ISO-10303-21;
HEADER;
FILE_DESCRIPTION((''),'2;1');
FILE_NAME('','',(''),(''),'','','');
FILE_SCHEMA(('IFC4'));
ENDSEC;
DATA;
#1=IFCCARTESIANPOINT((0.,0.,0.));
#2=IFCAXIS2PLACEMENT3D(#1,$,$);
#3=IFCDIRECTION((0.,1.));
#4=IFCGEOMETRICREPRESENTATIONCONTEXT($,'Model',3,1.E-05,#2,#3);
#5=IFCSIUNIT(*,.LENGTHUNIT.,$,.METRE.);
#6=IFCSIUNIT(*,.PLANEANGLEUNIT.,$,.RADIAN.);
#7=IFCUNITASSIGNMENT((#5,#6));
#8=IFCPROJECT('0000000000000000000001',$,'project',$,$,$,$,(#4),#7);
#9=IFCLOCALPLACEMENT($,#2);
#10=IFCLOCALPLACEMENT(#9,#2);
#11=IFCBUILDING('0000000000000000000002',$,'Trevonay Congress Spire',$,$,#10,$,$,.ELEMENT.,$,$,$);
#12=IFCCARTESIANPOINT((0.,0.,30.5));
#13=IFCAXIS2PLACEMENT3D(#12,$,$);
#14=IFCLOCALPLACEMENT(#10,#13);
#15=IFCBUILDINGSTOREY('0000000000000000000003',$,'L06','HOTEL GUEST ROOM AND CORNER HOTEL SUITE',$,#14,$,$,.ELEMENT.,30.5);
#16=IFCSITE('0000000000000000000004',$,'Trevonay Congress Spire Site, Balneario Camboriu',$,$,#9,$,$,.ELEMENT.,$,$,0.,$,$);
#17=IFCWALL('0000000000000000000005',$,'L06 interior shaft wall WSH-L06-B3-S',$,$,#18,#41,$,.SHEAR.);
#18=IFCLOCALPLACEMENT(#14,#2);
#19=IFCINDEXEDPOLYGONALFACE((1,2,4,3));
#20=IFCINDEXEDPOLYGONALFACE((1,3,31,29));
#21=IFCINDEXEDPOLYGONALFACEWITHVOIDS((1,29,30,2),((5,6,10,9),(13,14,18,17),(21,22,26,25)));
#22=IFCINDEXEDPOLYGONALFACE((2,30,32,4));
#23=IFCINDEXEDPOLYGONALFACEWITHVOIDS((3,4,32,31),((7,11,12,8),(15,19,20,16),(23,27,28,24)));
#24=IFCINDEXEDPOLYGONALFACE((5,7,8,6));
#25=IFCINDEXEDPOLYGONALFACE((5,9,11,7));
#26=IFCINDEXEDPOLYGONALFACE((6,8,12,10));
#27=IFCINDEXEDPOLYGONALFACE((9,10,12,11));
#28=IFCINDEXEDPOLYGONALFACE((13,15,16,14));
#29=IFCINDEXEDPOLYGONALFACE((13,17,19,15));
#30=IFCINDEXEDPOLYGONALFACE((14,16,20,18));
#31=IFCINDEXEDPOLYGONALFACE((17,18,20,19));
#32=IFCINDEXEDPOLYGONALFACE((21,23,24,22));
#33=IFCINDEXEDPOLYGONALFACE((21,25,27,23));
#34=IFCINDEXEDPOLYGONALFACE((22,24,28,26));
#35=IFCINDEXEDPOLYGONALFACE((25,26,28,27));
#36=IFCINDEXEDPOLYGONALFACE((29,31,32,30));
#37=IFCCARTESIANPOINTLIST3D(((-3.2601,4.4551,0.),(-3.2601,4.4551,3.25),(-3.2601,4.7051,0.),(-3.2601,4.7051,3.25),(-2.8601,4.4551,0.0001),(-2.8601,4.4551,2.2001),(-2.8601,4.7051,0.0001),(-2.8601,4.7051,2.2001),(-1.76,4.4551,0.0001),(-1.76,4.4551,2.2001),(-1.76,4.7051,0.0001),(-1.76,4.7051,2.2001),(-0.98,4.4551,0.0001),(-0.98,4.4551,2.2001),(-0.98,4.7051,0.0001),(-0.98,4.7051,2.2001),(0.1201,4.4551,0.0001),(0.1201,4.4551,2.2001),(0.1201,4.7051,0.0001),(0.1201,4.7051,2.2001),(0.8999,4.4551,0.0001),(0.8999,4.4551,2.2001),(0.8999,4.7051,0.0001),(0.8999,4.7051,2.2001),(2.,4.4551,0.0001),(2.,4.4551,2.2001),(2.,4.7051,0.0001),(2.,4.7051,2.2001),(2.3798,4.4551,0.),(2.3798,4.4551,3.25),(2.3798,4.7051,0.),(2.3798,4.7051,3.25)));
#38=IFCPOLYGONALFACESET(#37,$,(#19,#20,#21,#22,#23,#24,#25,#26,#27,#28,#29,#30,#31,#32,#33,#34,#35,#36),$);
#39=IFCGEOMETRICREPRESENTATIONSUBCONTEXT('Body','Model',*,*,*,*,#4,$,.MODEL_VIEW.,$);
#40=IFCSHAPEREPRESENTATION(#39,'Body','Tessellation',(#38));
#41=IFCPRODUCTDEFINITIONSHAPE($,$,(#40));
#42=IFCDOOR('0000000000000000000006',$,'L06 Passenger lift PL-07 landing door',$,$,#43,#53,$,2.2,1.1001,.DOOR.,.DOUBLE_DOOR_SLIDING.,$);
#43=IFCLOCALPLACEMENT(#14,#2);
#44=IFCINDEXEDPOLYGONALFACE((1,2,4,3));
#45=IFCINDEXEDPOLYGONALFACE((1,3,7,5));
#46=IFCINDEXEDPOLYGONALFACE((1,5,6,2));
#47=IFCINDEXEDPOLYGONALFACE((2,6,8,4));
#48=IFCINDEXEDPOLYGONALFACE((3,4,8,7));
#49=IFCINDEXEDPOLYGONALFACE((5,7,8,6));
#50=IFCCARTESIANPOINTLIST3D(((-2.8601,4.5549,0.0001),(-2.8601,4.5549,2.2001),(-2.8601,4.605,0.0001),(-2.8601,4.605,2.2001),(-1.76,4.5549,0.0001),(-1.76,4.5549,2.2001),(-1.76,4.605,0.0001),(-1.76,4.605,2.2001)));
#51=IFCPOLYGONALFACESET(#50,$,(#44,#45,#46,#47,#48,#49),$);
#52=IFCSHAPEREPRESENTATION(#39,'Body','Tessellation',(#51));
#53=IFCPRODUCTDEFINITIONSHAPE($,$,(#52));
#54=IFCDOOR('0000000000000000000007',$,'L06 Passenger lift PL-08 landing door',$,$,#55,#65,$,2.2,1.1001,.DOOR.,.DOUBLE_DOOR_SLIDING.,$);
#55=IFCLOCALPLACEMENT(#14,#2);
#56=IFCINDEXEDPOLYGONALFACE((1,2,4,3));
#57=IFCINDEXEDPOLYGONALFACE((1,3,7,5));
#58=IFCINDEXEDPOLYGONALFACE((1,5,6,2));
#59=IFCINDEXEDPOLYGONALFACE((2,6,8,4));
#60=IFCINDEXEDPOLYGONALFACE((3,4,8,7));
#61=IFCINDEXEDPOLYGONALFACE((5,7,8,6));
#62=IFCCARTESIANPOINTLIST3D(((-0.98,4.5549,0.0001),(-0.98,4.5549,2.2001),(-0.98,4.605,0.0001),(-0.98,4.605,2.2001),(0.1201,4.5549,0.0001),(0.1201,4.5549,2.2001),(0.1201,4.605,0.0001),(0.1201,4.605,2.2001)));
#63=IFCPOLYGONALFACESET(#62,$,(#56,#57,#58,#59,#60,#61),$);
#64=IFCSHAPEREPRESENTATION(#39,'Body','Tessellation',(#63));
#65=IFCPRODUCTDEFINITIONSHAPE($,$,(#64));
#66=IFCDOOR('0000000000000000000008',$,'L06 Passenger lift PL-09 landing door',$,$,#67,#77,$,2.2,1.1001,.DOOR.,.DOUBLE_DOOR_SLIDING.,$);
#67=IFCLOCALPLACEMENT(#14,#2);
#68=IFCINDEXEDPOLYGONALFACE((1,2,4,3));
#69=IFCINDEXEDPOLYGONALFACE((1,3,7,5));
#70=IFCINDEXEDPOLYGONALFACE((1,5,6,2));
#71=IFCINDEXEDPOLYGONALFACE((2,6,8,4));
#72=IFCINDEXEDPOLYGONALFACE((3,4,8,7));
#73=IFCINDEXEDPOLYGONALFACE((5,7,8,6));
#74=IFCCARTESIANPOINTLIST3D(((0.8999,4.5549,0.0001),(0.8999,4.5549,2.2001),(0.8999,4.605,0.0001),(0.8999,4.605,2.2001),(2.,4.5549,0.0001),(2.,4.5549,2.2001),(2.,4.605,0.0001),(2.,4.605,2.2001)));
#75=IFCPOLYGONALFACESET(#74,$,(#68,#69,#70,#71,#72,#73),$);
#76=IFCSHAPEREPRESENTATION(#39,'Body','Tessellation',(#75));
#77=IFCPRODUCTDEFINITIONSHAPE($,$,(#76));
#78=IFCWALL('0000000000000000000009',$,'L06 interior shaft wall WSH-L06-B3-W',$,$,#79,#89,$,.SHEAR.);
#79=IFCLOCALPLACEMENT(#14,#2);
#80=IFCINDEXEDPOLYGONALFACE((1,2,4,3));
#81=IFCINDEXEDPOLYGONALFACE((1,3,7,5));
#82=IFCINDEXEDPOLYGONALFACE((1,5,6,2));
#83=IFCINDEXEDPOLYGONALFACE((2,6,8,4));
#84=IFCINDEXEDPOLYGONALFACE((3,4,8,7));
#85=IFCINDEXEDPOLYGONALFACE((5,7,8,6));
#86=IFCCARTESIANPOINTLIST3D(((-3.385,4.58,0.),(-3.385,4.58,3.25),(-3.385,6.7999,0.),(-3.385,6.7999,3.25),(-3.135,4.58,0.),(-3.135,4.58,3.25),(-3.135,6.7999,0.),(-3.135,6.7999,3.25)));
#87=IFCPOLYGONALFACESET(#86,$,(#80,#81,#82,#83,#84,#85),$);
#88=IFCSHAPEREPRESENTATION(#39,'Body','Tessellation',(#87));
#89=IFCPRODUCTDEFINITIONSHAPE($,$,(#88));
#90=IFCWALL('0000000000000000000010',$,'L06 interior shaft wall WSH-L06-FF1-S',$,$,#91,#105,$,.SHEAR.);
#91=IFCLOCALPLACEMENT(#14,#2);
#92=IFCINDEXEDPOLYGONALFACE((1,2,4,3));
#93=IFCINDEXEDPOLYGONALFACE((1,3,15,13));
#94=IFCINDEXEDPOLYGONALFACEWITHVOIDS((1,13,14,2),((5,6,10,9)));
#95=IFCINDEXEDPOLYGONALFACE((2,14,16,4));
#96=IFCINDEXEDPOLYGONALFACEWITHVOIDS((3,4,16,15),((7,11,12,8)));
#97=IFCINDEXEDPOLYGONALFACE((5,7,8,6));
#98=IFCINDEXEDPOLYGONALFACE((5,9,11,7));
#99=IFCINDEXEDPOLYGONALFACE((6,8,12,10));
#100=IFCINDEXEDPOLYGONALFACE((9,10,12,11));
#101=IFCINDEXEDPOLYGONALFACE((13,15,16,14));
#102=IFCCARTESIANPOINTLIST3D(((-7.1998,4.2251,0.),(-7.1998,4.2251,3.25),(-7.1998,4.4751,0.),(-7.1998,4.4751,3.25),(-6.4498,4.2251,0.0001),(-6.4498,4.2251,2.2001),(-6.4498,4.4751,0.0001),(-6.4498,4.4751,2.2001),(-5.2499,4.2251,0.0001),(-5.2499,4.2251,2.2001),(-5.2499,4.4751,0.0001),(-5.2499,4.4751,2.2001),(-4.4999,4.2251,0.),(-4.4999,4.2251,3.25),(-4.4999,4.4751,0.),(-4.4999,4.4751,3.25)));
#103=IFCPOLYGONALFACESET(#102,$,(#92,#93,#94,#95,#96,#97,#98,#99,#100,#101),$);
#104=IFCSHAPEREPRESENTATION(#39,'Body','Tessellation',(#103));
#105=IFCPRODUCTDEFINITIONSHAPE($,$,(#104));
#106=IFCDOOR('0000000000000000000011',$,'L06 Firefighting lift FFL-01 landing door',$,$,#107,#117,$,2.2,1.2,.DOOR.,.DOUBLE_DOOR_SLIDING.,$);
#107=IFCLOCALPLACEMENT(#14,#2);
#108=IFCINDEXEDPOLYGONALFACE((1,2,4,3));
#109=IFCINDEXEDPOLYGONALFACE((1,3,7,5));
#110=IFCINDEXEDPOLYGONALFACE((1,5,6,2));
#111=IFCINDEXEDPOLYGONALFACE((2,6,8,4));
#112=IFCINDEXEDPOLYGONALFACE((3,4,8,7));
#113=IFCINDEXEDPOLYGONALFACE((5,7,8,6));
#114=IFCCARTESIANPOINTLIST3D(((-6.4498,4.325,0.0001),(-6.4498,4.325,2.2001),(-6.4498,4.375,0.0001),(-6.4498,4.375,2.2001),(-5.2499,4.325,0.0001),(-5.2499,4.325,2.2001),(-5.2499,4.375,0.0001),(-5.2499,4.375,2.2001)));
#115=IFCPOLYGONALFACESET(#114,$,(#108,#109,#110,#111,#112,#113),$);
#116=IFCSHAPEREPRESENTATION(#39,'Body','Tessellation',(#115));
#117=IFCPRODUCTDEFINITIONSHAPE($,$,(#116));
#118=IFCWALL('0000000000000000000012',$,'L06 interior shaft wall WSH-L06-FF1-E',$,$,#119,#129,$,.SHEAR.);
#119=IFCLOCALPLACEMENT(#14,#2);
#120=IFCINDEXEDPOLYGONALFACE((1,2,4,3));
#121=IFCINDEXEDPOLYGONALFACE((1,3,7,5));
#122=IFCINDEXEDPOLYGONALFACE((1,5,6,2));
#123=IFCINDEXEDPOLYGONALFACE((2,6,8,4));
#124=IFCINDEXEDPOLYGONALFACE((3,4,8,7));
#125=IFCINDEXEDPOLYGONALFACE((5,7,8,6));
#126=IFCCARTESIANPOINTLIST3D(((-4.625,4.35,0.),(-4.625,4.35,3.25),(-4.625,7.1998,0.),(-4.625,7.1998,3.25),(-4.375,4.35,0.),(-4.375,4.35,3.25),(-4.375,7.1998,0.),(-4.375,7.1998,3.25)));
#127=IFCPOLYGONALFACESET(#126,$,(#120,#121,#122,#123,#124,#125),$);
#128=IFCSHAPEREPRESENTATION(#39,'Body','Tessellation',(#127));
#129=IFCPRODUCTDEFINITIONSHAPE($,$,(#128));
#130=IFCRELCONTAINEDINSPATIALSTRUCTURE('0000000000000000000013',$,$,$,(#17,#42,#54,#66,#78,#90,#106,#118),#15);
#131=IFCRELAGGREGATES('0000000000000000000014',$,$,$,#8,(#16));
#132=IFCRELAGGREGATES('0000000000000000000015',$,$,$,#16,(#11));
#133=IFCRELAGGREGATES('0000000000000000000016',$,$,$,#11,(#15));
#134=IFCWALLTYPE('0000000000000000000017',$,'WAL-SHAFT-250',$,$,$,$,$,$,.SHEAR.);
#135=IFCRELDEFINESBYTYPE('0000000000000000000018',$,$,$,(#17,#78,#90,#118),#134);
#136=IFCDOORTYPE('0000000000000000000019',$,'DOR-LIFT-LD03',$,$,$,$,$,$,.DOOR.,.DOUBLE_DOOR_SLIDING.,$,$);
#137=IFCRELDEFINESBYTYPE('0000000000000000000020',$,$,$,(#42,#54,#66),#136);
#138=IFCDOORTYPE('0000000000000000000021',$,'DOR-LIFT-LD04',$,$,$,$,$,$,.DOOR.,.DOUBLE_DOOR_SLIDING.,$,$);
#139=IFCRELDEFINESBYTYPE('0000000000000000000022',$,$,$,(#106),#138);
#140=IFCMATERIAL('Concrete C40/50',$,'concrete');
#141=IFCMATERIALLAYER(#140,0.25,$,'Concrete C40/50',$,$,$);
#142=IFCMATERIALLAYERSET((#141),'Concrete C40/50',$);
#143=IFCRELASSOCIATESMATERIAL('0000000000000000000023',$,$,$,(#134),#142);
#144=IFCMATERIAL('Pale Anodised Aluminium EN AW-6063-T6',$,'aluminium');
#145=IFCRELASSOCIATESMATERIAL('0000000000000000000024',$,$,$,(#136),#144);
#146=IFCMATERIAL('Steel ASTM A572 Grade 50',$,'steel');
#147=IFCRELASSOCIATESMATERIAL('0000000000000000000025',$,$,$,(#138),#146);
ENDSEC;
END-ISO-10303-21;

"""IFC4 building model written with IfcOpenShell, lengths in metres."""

from ifc_helpers import new_model, si_unit, direction, frame, frame_2d, origin, place, context, subcontext, project, spatial, rectangle, extrude, material, layer, layer_set, type_object, element, fill, save


model = new_model("IFC4")

# Units and contexts
model_context = context("Model", 3, precision=1e-05, world=origin(), true_north=direction((0.0, 1.0)))
body_context = subcontext(model_context, "Body", "Model", "MODEL_VIEW")
ifc_project = project(units=[si_unit("LENGTHUNIT", "METRE"), si_unit("PLANEANGLEUNIT", "RADIAN")], contexts=[model_context])

# Site, building, storey
site_placement = place(None, origin())
site = spatial("IfcSite", under=ifc_project, at=site_placement, Name="Trevonay Congress Spire Site, Balneario Camboriu", CompositionType="ELEMENT", RefElevation=0.0)
building_placement = place(site_placement, origin())
building = spatial("IfcBuilding", under=site, at=building_placement, Name="Trevonay Congress Spire", CompositionType="ELEMENT")
storey_placement = place(building_placement, frame((0.0, 0.0, 30.5)))
storey = spatial("IfcBuildingStorey", under=building, at=storey_placement, Name="L06", Description="HOTEL GUEST ROOM AND CORNER HOTEL SUITE", CompositionType="ELEMENT", Elevation=30.5)

# Shared definitions
ifc_material_1 = material(Name="Steel ASTM A572 Grade 50", Category="steel")

# Shared definitions
ifc_material_2 = material(Name="Pale Anodised Aluminium EN AW-6063-T6", Category="aluminium")

# Shared definitions
ifc_material_3 = material(Name="Concrete C40/50", Category="concrete")

# Wall, openings, doors
ifc_layer_1 = layer(ifc_material_3, 0.25, Name="Concrete C40/50")
ifc_layer_set_1 = layer_set([ifc_layer_1], Name="Concrete C40/50")
wall_type_1 = type_object("IfcWallType", Name="WAL-SHAFT-250", PredefinedType="SHEAR", material=ifc_layer_set_1)
wall_1_placement = place(storey_placement, frame((-3.26, 4.5801, 0.0), z_axis=(0.0, 0.0, 1.0), x_axis=(1.0, 0.0, 0.0)))
wall_1 = element("IfcWall", 1, at=wall_1_placement, inside=storey, type_object=wall_type_1, Name="L06 interior shaft wall WSH-L06-B3-S", PredefinedType="SHEAR", context=body_context, shape_type="SweptSolid", body=[
    extrude(rectangle(XDim=5.6399, YDim=0.25, at=frame_2d((2.8198, 0.0))), origin(), (0.0, 0.0, 1.0), 3.25),
])
opening_1_placement = place(wall_1_placement, frame((0.3999, 0.0, 0.0)))
opening_1 = element("IfcOpeningElement", 2, at=opening_1_placement, cuts=wall_1, PredefinedType="OPENING", context=body_context, shape_type="SweptSolid", body=[
    extrude(rectangle(XDim=1.1001, YDim=2.2, at=frame_2d((0.55, 1.1001))), frame((0.0, 0.135, 0.0), z_axis=(0.0, -1.0, 0.0), x_axis=(1.0, 0.0, 0.0)), (0.0, 0.0, 1.0), 0.27),
])
opening_2_placement = place(wall_1_placement, frame((2.28, 0.0, 0.0)))
opening_2 = element("IfcOpeningElement", 3, at=opening_2_placement, cuts=wall_1, PredefinedType="OPENING", context=body_context, shape_type="SweptSolid", body=[
    extrude(rectangle(XDim=1.1001, YDim=2.2, at=frame_2d((0.55, 1.1001))), frame((0.0, 0.135, 0.0), z_axis=(0.0, -1.0, 0.0), x_axis=(1.0, 0.0, 0.0)), (0.0, 0.0, 1.0), 0.27),
])
opening_3_placement = place(wall_1_placement, frame((4.1599, 0.0, 0.0)))
opening_3 = element("IfcOpeningElement", 4, at=opening_3_placement, cuts=wall_1, PredefinedType="OPENING", context=body_context, shape_type="SweptSolid", body=[
    extrude(rectangle(XDim=1.1001, YDim=2.2, at=frame_2d((0.55, 1.1001))), frame((0.0, 0.135, 0.0), z_axis=(0.0, -1.0, 0.0), x_axis=(1.0, 0.0, 0.0)), (0.0, 0.0, 1.0), 0.27),
])
door_type_1 = type_object("IfcDoorType", Name="DOR-LIFT-LD03", OperationType="DOUBLE_DOOR_SLIDING", PredefinedType="DOOR", material=ifc_material_2)
door_1_placement = place(opening_1_placement, origin())
door_1 = element("IfcDoor", 5, at=door_1_placement, inside=storey, type_object=door_type_1, Name="L06 Passenger lift PL-07 landing door", OperationType="DOUBLE_DOOR_SLIDING", OverallHeight=2.2, OverallWidth=1.1001, PredefinedType="DOOR", context=body_context, shape_type="SweptSolid", body=[
    extrude(rectangle(XDim=1.1001, YDim=2.2, at=frame_2d((0.55, 1.1001))), frame((0.0, 0.0249, 0.0), z_axis=(0.0, -1.0, 0.0), x_axis=(1.0, 0.0, 0.0)), (0.0, 0.0, 1.0), 0.05),
])
fill(opening_1, door_1)
door_2_placement = place(opening_2_placement, origin())
door_2 = element("IfcDoor", 6, at=door_2_placement, inside=storey, type_object=door_type_1, Name="L06 Passenger lift PL-08 landing door", OperationType="DOUBLE_DOOR_SLIDING", OverallHeight=2.2, OverallWidth=1.1001, PredefinedType="DOOR", context=body_context, shape_type="SweptSolid", body=[
    extrude(rectangle(XDim=1.1001, YDim=2.2, at=frame_2d((0.55, 1.1001))), frame((0.0, 0.0249, 0.0), z_axis=(0.0, -1.0, 0.0), x_axis=(1.0, 0.0, 0.0)), (0.0, 0.0, 1.0), 0.05),
])
fill(opening_2, door_2)
door_3_placement = place(opening_3_placement, origin())
door_3 = element("IfcDoor", 7, at=door_3_placement, inside=storey, type_object=door_type_1, Name="L06 Passenger lift PL-09 landing door", OperationType="DOUBLE_DOOR_SLIDING", OverallHeight=2.2, OverallWidth=1.1001, PredefinedType="DOOR", context=body_context, shape_type="SweptSolid", body=[
    extrude(rectangle(XDim=1.1001, YDim=2.2, at=frame_2d((0.55, 1.1001))), frame((0.0, 0.0249, 0.0), z_axis=(0.0, -1.0, 0.0), x_axis=(1.0, 0.0, 0.0)), (0.0, 0.0, 1.0), 0.05),
])
fill(opening_3, door_3)

# Wall
wall_2_placement = place(storey_placement, frame((-3.26, 4.5801, 0.0), z_axis=(0.0, 0.0, 1.0), x_axis=(0.0, 1.0, 0.0)))
element("IfcWall", 8, at=wall_2_placement, inside=storey, type_object=wall_type_1, Name="L06 interior shaft wall WSH-L06-B3-W", PredefinedType="SHEAR", context=body_context, shape_type="SweptSolid", body=[
    extrude(rectangle(XDim=2.22, YDim=0.25, at=frame_2d((1.1099, 0.0))), origin(), (0.0, 0.0, 1.0), 3.25),
])

# Wall, opening, door
wall_3_placement = place(storey_placement, frame((-7.2, 4.3501, 0.0), z_axis=(0.0, 0.0, 1.0), x_axis=(1.0, 0.0, 0.0)))
wall_3 = element("IfcWall", 9, at=wall_3_placement, inside=storey, type_object=wall_type_1, Name="L06 interior shaft wall WSH-L06-FF1-S", PredefinedType="SHEAR", context=body_context, shape_type="SweptSolid", body=[
    extrude(rectangle(XDim=2.7, YDim=0.25, at=frame_2d((1.3501, 0.0))), origin(), (0.0, 0.0, 1.0), 3.25),
])
opening_4_placement = place(wall_3_placement, frame((0.75, 0.0, 0.0)))
opening_4 = element("IfcOpeningElement", 10, at=opening_4_placement, cuts=wall_3, PredefinedType="OPENING", context=body_context, shape_type="SweptSolid", body=[
    extrude(rectangle(XDim=1.2, YDim=2.2, at=frame_2d((0.6001, 1.1001))), frame((0.0, 0.135, 0.0), z_axis=(0.0, -1.0, 0.0), x_axis=(1.0, 0.0, 0.0)), (0.0, 0.0, 1.0), 0.27),
])
door_type_2 = type_object("IfcDoorType", Name="DOR-LIFT-LD04", OperationType="DOUBLE_DOOR_SLIDING", PredefinedType="DOOR", material=ifc_material_1)
door_4_placement = place(opening_4_placement, origin())
door_4 = element("IfcDoor", 11, at=door_4_placement, inside=storey, type_object=door_type_2, Name="L06 Firefighting lift FFL-01 landing door", OperationType="DOUBLE_DOOR_SLIDING", OverallHeight=2.2, OverallWidth=1.2, PredefinedType="DOOR", context=body_context, shape_type="SweptSolid", body=[
    extrude(rectangle(XDim=1.2, YDim=2.2, at=frame_2d((0.6001, 1.1001))), frame((0.0, 0.0249, 0.0), z_axis=(0.0, -1.0, 0.0), x_axis=(1.0, 0.0, 0.0)), (0.0, 0.0, 1.0), 0.05),
])
fill(opening_4, door_4)

# Wall
wall_4_placement = place(storey_placement, frame((-4.5, 4.3501, 0.0), z_axis=(0.0, 0.0, 1.0), x_axis=(0.0, 1.0, 0.0)))
element("IfcWall", 12, at=wall_4_placement, inside=storey, type_object=wall_type_1, Name="L06 interior shaft wall WSH-L06-FF1-E", PredefinedType="SHEAR", context=body_context, shape_type="SweptSolid", body=[
    extrude(rectangle(XDim=2.8499, YDim=0.25, at=frame_2d((1.4248, 0.0))), origin(), (0.0, 0.0, 1.0), 3.25),
])

save(model, "model.ifc")
